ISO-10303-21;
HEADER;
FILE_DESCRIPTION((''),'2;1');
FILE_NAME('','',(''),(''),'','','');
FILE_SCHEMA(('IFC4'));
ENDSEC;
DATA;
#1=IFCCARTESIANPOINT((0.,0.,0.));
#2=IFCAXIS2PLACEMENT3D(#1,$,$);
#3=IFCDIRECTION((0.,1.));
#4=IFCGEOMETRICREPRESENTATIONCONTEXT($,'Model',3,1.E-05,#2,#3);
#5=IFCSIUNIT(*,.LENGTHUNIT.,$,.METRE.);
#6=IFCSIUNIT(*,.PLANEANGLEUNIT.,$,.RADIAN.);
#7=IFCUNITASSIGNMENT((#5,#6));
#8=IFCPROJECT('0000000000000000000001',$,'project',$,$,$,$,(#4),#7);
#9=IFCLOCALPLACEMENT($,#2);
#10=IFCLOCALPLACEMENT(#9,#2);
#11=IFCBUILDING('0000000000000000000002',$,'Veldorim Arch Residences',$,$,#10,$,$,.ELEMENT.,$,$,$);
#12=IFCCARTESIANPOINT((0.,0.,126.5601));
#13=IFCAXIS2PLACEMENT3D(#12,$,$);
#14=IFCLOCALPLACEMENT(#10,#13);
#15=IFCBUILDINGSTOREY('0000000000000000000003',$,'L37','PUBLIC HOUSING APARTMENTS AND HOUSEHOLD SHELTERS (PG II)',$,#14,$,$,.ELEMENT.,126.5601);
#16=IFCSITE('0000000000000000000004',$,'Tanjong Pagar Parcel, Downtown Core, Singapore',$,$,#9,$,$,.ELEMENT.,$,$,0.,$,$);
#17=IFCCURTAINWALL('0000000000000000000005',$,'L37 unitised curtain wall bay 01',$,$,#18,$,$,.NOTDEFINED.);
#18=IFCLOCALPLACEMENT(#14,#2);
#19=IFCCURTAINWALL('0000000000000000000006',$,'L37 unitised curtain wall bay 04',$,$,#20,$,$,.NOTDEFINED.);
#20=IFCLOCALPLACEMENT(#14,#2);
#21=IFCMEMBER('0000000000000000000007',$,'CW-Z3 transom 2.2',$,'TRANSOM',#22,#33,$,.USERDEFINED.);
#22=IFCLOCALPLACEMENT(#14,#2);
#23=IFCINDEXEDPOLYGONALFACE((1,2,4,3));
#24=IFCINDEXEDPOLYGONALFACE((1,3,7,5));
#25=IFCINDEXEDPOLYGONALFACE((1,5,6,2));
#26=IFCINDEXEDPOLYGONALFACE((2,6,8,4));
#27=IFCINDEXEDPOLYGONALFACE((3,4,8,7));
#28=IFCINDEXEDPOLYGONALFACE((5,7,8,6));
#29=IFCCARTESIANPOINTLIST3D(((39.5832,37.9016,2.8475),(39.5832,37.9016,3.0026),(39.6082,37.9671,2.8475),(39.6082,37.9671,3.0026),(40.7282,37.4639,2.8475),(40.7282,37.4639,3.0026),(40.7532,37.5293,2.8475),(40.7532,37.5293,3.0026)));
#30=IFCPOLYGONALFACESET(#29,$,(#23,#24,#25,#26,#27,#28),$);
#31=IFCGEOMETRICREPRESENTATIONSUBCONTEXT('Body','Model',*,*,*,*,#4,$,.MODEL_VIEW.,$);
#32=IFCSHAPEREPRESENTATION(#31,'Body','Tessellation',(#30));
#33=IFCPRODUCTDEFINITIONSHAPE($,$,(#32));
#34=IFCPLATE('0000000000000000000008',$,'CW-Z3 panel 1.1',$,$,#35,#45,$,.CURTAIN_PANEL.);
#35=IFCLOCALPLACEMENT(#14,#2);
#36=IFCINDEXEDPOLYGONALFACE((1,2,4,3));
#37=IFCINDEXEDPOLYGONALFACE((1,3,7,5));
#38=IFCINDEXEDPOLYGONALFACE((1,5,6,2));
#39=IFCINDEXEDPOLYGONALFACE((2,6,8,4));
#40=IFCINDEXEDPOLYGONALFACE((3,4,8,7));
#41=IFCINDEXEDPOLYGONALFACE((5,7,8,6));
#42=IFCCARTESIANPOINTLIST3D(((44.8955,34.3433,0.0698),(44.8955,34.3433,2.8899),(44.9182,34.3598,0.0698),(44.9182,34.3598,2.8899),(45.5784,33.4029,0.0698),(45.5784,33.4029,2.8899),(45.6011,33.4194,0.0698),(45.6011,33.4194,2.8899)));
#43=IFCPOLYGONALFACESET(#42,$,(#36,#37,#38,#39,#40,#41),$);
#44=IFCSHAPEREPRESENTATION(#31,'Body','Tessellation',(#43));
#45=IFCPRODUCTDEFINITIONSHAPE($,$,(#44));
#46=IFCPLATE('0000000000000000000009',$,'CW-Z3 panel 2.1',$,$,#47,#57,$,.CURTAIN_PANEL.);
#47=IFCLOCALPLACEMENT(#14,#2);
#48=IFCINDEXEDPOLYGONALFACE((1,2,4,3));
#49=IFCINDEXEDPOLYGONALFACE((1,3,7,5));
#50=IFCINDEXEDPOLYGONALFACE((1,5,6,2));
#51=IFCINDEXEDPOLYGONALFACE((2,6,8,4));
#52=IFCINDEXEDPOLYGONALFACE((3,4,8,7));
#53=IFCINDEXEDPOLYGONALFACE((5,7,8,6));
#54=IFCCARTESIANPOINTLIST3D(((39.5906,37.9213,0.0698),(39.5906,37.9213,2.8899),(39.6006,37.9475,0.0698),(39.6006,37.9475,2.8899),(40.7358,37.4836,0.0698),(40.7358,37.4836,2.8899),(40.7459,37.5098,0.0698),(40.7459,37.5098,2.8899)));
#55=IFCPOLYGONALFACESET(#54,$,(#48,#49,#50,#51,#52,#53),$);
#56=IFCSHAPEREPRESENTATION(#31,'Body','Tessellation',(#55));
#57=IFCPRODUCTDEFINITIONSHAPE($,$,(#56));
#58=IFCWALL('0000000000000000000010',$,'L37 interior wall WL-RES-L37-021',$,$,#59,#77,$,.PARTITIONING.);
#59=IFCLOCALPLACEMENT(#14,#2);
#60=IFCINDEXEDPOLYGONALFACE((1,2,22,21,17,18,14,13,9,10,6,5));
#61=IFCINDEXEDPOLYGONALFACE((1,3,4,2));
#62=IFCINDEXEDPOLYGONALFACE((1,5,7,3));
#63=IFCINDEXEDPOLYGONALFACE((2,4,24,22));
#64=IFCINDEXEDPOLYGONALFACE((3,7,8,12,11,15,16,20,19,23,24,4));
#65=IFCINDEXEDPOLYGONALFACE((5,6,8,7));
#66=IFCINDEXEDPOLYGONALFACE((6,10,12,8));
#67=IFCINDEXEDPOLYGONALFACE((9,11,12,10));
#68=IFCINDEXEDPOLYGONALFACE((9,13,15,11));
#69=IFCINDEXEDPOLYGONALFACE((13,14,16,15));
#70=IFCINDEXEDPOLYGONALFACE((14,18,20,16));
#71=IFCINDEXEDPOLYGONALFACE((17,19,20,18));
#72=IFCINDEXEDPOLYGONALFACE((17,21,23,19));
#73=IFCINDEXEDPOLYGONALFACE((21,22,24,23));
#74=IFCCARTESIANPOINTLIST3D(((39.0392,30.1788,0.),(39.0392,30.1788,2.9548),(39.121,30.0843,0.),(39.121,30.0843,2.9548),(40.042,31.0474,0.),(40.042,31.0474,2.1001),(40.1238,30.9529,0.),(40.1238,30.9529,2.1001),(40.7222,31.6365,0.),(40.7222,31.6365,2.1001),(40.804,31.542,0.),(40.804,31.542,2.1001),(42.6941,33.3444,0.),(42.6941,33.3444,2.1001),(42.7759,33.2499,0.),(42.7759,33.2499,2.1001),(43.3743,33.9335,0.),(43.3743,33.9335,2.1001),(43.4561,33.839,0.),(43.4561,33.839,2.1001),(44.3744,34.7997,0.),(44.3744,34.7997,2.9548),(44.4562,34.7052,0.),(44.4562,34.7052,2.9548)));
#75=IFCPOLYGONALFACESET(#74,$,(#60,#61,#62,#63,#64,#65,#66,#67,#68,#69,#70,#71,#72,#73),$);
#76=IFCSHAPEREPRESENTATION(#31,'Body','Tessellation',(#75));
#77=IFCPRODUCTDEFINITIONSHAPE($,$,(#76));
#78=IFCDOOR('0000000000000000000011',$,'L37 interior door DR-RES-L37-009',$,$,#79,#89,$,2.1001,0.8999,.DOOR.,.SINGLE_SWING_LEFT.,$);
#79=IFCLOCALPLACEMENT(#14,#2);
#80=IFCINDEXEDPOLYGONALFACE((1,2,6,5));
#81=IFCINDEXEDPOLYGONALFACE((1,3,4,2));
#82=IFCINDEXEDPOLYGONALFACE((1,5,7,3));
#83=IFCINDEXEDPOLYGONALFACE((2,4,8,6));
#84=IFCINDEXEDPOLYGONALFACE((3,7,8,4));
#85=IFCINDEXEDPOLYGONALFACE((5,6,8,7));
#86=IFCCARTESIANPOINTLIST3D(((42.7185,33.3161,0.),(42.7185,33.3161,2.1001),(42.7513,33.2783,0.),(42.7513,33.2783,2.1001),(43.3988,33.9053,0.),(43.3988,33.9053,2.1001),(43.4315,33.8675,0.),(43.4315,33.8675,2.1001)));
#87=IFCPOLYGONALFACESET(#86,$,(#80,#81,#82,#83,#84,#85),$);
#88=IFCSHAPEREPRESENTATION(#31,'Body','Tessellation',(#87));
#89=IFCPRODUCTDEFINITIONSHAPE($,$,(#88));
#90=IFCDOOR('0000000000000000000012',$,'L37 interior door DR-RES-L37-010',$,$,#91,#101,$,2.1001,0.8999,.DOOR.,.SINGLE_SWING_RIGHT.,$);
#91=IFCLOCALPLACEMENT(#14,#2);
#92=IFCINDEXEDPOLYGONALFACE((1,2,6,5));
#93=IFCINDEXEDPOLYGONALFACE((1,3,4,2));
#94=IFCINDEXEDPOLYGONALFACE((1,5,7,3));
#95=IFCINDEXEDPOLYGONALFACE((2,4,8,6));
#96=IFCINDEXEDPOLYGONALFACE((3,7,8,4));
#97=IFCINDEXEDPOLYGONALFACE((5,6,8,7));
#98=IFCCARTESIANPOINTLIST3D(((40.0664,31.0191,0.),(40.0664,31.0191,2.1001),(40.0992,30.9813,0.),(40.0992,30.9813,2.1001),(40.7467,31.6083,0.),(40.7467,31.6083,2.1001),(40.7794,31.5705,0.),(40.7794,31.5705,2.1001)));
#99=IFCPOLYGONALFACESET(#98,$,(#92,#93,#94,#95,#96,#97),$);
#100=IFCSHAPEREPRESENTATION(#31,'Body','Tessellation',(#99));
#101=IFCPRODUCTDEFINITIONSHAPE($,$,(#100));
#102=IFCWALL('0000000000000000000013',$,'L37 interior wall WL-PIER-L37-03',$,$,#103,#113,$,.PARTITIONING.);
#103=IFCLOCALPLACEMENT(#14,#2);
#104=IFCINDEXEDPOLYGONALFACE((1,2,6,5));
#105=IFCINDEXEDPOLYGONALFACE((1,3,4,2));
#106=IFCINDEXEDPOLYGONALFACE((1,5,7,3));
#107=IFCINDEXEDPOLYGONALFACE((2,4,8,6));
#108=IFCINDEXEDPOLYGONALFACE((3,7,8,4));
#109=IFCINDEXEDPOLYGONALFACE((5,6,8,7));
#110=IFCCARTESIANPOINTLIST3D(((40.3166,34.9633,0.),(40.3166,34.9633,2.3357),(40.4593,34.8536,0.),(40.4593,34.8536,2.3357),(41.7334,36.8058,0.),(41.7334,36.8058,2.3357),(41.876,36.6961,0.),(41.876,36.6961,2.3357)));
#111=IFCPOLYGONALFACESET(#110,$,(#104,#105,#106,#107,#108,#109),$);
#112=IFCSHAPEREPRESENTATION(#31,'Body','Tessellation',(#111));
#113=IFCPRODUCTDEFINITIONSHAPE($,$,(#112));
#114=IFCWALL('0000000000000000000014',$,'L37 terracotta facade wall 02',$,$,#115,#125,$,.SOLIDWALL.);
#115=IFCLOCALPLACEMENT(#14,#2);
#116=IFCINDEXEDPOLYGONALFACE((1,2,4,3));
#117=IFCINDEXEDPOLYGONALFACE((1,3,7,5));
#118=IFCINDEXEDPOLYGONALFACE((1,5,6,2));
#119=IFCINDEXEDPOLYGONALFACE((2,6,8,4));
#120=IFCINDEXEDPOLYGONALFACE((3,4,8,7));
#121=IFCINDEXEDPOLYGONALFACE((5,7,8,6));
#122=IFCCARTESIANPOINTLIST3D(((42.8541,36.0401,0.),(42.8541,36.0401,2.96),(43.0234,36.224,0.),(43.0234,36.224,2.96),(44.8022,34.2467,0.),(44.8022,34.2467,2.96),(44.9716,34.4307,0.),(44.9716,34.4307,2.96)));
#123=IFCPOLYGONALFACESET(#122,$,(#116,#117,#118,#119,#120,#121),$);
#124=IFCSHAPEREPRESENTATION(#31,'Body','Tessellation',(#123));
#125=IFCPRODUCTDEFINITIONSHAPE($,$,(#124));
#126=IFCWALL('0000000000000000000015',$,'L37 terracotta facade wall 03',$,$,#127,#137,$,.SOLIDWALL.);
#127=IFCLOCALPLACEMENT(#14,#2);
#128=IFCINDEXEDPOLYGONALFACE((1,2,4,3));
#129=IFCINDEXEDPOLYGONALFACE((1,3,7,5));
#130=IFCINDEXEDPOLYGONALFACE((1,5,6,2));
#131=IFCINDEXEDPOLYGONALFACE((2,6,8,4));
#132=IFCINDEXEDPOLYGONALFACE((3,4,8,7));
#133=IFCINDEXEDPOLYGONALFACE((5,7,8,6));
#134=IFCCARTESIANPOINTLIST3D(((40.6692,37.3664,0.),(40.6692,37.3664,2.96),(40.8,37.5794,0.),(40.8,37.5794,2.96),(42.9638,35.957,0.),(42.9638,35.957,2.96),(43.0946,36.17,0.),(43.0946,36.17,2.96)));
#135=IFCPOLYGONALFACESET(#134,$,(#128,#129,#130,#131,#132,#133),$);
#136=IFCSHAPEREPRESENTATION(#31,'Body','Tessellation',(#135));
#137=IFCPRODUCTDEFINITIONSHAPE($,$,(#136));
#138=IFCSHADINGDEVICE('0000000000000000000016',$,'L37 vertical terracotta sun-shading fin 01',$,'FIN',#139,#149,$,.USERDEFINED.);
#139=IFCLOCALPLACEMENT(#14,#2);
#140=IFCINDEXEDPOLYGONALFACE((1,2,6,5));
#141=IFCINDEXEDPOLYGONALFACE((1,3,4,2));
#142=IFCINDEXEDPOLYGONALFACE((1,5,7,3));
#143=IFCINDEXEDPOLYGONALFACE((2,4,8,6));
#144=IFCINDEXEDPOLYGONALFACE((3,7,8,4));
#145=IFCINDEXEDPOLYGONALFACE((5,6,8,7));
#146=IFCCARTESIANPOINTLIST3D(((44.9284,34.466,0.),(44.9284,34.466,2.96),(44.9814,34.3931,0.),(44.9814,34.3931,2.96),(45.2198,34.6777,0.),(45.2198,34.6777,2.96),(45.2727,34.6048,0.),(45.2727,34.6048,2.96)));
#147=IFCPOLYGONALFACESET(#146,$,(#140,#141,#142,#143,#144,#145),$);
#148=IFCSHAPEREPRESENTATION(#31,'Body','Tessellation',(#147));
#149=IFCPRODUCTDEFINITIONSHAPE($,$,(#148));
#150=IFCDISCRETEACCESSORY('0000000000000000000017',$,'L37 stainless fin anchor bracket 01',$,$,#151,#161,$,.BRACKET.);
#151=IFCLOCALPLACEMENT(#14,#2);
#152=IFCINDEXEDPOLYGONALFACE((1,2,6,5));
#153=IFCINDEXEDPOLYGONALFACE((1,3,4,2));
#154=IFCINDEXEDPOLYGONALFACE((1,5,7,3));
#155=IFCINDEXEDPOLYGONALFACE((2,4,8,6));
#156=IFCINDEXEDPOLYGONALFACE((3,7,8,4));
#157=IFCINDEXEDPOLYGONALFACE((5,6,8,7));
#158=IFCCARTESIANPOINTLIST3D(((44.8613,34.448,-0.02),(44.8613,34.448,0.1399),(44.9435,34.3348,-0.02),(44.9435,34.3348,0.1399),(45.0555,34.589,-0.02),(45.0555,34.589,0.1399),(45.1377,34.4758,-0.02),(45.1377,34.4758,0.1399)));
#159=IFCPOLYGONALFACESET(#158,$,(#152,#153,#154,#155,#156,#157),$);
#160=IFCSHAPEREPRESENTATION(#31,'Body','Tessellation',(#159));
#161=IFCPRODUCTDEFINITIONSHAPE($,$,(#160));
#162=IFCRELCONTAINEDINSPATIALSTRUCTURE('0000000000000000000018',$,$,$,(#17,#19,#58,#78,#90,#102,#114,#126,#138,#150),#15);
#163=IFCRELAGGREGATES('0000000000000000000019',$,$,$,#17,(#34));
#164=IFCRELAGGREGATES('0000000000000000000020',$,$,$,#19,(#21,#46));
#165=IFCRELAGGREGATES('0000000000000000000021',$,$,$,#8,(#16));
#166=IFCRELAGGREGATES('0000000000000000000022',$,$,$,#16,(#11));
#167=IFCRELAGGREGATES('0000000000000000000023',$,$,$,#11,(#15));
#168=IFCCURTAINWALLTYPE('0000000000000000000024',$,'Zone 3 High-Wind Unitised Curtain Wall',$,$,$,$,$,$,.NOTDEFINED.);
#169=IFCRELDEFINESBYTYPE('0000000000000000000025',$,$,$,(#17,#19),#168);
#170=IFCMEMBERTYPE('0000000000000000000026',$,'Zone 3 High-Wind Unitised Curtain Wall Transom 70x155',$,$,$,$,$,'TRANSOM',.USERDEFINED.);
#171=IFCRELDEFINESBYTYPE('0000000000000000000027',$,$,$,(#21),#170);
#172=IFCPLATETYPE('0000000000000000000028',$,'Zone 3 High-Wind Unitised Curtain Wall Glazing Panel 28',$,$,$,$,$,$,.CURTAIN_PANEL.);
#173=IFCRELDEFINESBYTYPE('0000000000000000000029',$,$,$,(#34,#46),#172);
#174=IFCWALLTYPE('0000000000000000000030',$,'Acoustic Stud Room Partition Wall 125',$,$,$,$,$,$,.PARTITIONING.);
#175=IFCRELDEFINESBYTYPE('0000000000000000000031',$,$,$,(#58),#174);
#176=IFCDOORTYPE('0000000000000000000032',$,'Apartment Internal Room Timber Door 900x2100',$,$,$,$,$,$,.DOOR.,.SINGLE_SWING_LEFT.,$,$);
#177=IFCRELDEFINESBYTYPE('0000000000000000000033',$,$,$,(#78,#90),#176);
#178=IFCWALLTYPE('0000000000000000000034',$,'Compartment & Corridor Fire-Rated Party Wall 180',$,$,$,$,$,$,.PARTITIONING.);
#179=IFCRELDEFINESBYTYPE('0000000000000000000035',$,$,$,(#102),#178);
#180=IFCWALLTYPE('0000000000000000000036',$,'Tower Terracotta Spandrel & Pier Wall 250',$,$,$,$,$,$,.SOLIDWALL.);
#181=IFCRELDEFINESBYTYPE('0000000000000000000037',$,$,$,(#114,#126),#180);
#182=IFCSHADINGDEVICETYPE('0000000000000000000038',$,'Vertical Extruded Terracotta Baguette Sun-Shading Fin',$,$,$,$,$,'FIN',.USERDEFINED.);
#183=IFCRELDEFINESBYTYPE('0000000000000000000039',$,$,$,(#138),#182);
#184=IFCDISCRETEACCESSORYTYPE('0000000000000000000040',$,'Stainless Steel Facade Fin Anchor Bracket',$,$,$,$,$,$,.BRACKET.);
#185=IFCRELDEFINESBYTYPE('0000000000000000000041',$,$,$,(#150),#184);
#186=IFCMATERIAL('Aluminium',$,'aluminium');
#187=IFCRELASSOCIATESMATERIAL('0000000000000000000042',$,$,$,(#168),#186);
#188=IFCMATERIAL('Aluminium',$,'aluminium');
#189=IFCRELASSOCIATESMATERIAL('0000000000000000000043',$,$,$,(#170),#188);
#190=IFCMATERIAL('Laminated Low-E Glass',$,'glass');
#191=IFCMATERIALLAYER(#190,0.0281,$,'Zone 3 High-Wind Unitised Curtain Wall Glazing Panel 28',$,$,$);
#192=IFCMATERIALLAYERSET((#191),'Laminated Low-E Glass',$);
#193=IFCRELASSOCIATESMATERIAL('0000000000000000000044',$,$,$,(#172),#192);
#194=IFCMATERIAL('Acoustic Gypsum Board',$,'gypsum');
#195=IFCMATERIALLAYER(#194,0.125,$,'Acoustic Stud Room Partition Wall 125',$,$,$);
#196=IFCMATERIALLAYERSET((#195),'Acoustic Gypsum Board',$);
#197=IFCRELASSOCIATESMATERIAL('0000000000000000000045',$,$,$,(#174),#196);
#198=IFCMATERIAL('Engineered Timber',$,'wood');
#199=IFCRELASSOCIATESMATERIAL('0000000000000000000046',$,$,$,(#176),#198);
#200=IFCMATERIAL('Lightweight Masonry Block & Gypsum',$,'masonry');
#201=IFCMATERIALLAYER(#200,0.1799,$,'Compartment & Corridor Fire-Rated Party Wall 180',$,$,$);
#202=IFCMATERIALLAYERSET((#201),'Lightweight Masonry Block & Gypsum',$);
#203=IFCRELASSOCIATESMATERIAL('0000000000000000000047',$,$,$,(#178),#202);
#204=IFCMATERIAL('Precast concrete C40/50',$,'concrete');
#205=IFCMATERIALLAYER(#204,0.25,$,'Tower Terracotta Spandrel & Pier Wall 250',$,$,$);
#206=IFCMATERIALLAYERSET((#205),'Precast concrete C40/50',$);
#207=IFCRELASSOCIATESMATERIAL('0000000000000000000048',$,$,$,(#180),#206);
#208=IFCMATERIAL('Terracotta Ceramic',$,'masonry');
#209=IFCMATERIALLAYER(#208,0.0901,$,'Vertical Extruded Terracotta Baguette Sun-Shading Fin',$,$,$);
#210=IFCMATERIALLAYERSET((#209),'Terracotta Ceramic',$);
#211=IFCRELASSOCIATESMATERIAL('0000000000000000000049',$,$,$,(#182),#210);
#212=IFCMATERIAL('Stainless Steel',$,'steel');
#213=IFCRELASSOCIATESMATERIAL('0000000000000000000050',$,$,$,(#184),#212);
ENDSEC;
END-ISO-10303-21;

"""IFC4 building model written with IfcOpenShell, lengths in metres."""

from ifc_helpers import new_model, si_unit, direction, frame, frame_2d, origin, origin_2d, place, context, subcontext, project, spatial, rectangle, extrude, material, layer, layer_set, material_profile, profile_set, type_object, element, fill, aggregate, save


model = new_model("IFC4")

# Units and contexts
model_context = context("Model", 3, precision=1e-05, world=origin(), true_north=direction((0.0, 1.0)))
body_context = subcontext(model_context, "Body", "Model", "MODEL_VIEW")
ifc_project = project(units=[si_unit("LENGTHUNIT", "METRE"), si_unit("PLANEANGLEUNIT", "RADIAN")], contexts=[model_context])

# Site, building, storey
site_placement = place(None, origin())
site = spatial("IfcSite", under=ifc_project, at=site_placement, Name="Tanjong Pagar Parcel, Downtown Core, Singapore", CompositionType="ELEMENT", RefElevation=0.0)
building_placement = place(site_placement, origin())
building = spatial("IfcBuilding", under=site, at=building_placement, Name="Veldorim Arch Residences", CompositionType="ELEMENT")
storey_placement = place(building_placement, frame((0.0, 0.0, 126.5601)))
storey = spatial("IfcBuildingStorey", under=building, at=storey_placement, Name="L37", Description="PUBLIC HOUSING APARTMENTS AND HOUSEHOLD SHELTERS (PG II)", CompositionType="ELEMENT", Elevation=126.5601)

# Curtain walls
ifc_material_1 = material(Name="Aluminium", Category="aluminium")
curtain_wall_type = type_object("IfcCurtainWallType", Name="Zone 3 High-Wind Unitised Curtain Wall", PredefinedType="NOTDEFINED", material=ifc_material_1)
curtain_wall_1_placement = place(storey_placement, origin())
curtain_wall_1 = element("IfcCurtainWall", 1, at=curtain_wall_1_placement, inside=storey, type_object=curtain_wall_type, Name="L37 unitised curtain wall bay 01", PredefinedType="NOTDEFINED")
curtain_wall_2_placement = place(storey_placement, origin())
curtain_wall_2 = element("IfcCurtainWall", 2, at=curtain_wall_2_placement, inside=storey, type_object=curtain_wall_type, Name="L37 unitised curtain wall bay 04", PredefinedType="NOTDEFINED")

# Member
ifc_material_2 = material(Name="Aluminium", Category="aluminium")
ifc_material_profile_1 = material_profile(ifc_material_2, rectangle(XDim=0.0701, YDim=0.155, at=origin_2d()), Name="ALU_TRN_70x155")
ifc_profile_set_1 = profile_set([ifc_material_profile_1], Name="Aluminium")
member_type_1 = type_object("IfcMemberType", Name="Zone 3 High-Wind Unitised Curtain Wall Transom 70x155", ElementType="TRANSOM", PredefinedType="USERDEFINED", material=ifc_profile_set_1)
member_1_placement = place(storey_placement, frame((39.5957, 37.9343, 2.925), z_axis=(0.934067, -0.357097, 0.0), x_axis=(0.357097, 0.934067, 0.0)))
member_1 = element("IfcMember", 3, at=member_1_placement, type_object=member_type_1, Name="CW-Z3 transom 2.2", ObjectType="TRANSOM", PredefinedType="USERDEFINED", context=body_context, shape_type="SweptSolid", body=[
    extrude(rectangle(XDim=0.0701, YDim=0.155, at=origin_2d()), origin(), (0.0, 0.0, 1.0), 1.2258),
])

# Plates
ifc_material_3 = material(Name="Laminated Low-E Glass", Category="glass")
ifc_layer_1 = layer(ifc_material_3, 0.0281, Name="Zone 3 High-Wind Unitised Curtain Wall Glazing Panel 28")
ifc_layer_set_1 = layer_set([ifc_layer_1], Name="Laminated Low-E Glass")
plate_type = type_object("IfcPlateType", Name="Zone 3 High-Wind Unitised Curtain Wall Glazing Panel 28", PredefinedType="CURTAIN_PANEL", material=ifc_layer_set_1)
plate_1_placement = place(storey_placement, frame((45.2483, 33.8813, 0.0698), z_axis=(0.0, 0.0, 1.0), x_axis=(0.587585, -0.809162, 0.0)))
plate_1 = element("IfcPlate", 4, at=plate_1_placement, type_object=plate_type, Name="CW-Z3 panel 1.1", PredefinedType="CURTAIN_PANEL", context=body_context, shape_type="SweptSolid", body=[
    extrude(rectangle(XDim=1.1621, YDim=0.0281, at=origin_2d()), origin(), (0.0, 0.0, 1.0), 2.8201),
])
aggregate(curtain_wall_1, [plate_1])
plate_2_placement = place(storey_placement, frame((40.1682, 37.7156, 0.0698), z_axis=(0.0, 0.0, 1.0), x_axis=(0.934109, -0.356987, 0.0)))
plate_2 = element("IfcPlate", 5, at=plate_2_placement, type_object=plate_type, Name="CW-Z3 panel 2.1", PredefinedType="CURTAIN_PANEL", context=body_context, shape_type="SweptSolid", body=[
    extrude(rectangle(XDim=1.2261, YDim=0.0281, at=origin_2d()), origin(), (0.0, 0.0, 1.0), 2.8201),
])
aggregate(curtain_wall_2, [member_1, plate_2])

# Wall, openings, doors
ifc_material_4 = material(Name="Acoustic Gypsum Board", Category="gypsum")
ifc_layer_2 = layer(ifc_material_4, 0.125, Name="Acoustic Stud Room Partition Wall 125")
ifc_layer_set_2 = layer_set([ifc_layer_2], Name="Acoustic Gypsum Board")
wall_type_1 = type_object("IfcWallType", Name="Acoustic Stud Room Partition Wall 125", PredefinedType="PARTITIONING", material=ifc_layer_set_2)
wall_1_placement = place(storey_placement, frame((44.4153, 34.7524, 0.0), z_axis=(0.0, 0.0, 1.0), x_axis=(-0.755899, -0.654688, 0.0)))
wall_1 = element("IfcWall", 6, at=wall_1_placement, inside=storey, type_object=wall_type_1, Name="L37 interior wall WL-RES-L37-021", PredefinedType="PARTITIONING", context=body_context, shape_type="SweptSolid", body=[
    extrude(rectangle(XDim=7.0581, YDim=0.125, at=frame_2d((3.5291, 0.0))), origin(), (0.0, 0.0, 1.0), 2.9548),
])
opening_1_placement = place(wall_1_placement, frame((1.323, 0.0, 0.0)))
opening_1 = element("IfcOpeningElement", 7, at=opening_1_placement, cuts=wall_1, PredefinedType="OPENING", context=body_context, shape_type="SweptSolid", body=[
    extrude(rectangle(XDim=0.8999, YDim=2.1001, at=frame_2d((0.45, 1.05))), frame((0.0, 0.0725, 0.0), z_axis=(0.0, -1.0, 0.0), x_axis=(1.0, 0.0, 0.0)), (0.0, 0.0, 1.0), 0.145),
])
opening_2_placement = place(wall_1_placement, frame((4.8315, 0.0, 0.0)))
opening_2 = element("IfcOpeningElement", 8, at=opening_2_placement, cuts=wall_1, PredefinedType="OPENING", context=body_context, shape_type="SweptSolid", body=[
    extrude(rectangle(XDim=0.8999, YDim=2.1001, at=frame_2d((0.45, 1.05))), frame((0.0, 0.0725, 0.0), z_axis=(0.0, -1.0, 0.0), x_axis=(1.0, 0.0, 0.0)), (0.0, 0.0, 1.0), 0.145),
])
ifc_material_5 = material(Name="Engineered Timber", Category="wood")
door_type = type_object("IfcDoorType", Name="Apartment Internal Room Timber Door 900x2100", OperationType="SINGLE_SWING_LEFT", PredefinedType="DOOR", material=ifc_material_5)
door_1_placement = place(opening_1_placement, origin())
door_1 = element("IfcDoor", 9, at=door_1_placement, inside=storey, type_object=door_type, Name="L37 interior door DR-RES-L37-009", OperationType="SINGLE_SWING_LEFT", OverallHeight=2.1001, OverallWidth=0.8999, PredefinedType="DOOR", context=body_context, shape_type="SweptSolid", body=[
    extrude(rectangle(XDim=0.8999, YDim=2.1001, at=frame_2d((0.45, 1.05))), frame((0.0, 0.0249, 0.0), z_axis=(0.0, -1.0, 0.0), x_axis=(1.0, 0.0, 0.0)), (0.0, 0.0, 1.0), 0.05),
])
fill(opening_1, door_1)
door_2_placement = place(opening_2_placement, origin())
door_2 = element("IfcDoor", 10, at=door_2_placement, inside=storey, type_object=door_type, Name="L37 interior door DR-RES-L37-010", OperationType="SINGLE_SWING_RIGHT", OverallHeight=2.1001, OverallWidth=0.8999, PredefinedType="DOOR", context=body_context, shape_type="SweptSolid", body=[
    extrude(rectangle(XDim=0.8999, YDim=2.1001, at=frame_2d((0.45, 1.05))), frame((0.0, 0.0249, 0.0), z_axis=(0.0, -1.0, 0.0), x_axis=(1.0, 0.0, 0.0)), (0.0, 0.0, 1.0), 0.05),
])
fill(opening_2, door_2)

# Walls
ifc_material_6 = material(Name="Lightweight Masonry Block & Gypsum", Category="masonry")
ifc_layer_3 = layer(ifc_material_6, 0.1799, Name="Compartment & Corridor Fire-Rated Party Wall 180")
ifc_layer_set_3 = layer_set([ifc_layer_3], Name="Lightweight Masonry Block & Gypsum")
wall_type_2 = type_object("IfcWallType", Name="Compartment & Corridor Fire-Rated Party Wall 180", PredefinedType="PARTITIONING", material=ifc_layer_set_3)
wall_2_placement = place(storey_placement, frame((40.3879, 34.9084, 0.0), z_axis=(0.0, 0.0, 1.0), x_axis=(0.609553, 0.792745, 0.0)))
element("IfcWall", 11, at=wall_2_placement, inside=storey, type_object=wall_type_2, Name="L37 interior wall WL-PIER-L37-03", PredefinedType="PARTITIONING", context=body_context, shape_type="SweptSolid", body=[
    extrude(rectangle(XDim=2.3242, YDim=0.1799, at=frame_2d((1.1621, 0.0))), origin(), (0.0, 0.0, 1.0), 2.3357),
])
ifc_material_7 = material(Name="Precast concrete C40/50", Category="concrete")
ifc_layer_4 = layer(ifc_material_7, 0.25, Name="Tower Terracotta Spandrel & Pier Wall 250")
ifc_layer_set_4 = layer_set([ifc_layer_4], Name="Precast concrete C40/50")
wall_type_3 = type_object("IfcWallType", Name="Tower Terracotta Spandrel & Pier Wall 250", PredefinedType="SOLIDWALL", material=ifc_layer_set_4)
wall_3_placement = place(storey_placement, frame((42.9387, 36.1321, 0.0), z_axis=(0.0, 0.0, 1.0), x_axis=(0.735729, -0.677276, 0.0)))
element("IfcWall", 12, at=wall_3_placement, inside=storey, type_object=wall_type_3, Name="L37 terracotta facade wall 02", PredefinedType="SOLIDWALL", context=body_context, shape_type="SweptSolid", body=[
    extrude(rectangle(XDim=2.6479, YDim=0.25, at=frame_2d((1.324, 0.0))), origin(), (0.0, 0.0, 1.0), 2.96),
])
wall_4_placement = place(storey_placement, frame((40.7346, 37.4729, 0.0), z_axis=(0.0, 0.0, 1.0), x_axis=(0.852103, -0.523374, 0.0)))
element("IfcWall", 13, at=wall_4_placement, inside=storey, type_object=wall_type_3, Name="L37 terracotta facade wall 03", PredefinedType="SOLIDWALL", context=body_context, shape_type="SweptSolid", body=[
    extrude(rectangle(XDim=2.6929, YDim=0.25, at=frame_2d((1.3464, 0.0))), origin(), (0.0, 0.0, 1.0), 2.96),
])

# Shading device
ifc_material_8 = material(Name="Terracotta Ceramic", Category="masonry")
ifc_layer_5 = layer(ifc_material_8, 0.0901, Name="Vertical Extruded Terracotta Baguette Sun-Shading Fin")
ifc_layer_set_5 = layer_set([ifc_layer_5], Name="Terracotta Ceramic")
shading_device_type = type_object("IfcShadingDeviceType", Name="Vertical Extruded Terracotta Baguette Sun-Shading Fin", ElementType="FIN", PredefinedType="USERDEFINED", material=ifc_layer_set_5)
shading_device_placement = place(storey_placement, frame((45.1006, 34.5354, 0.0), z_axis=(0.0, 0.0, 1.0), x_axis=(0.587644, -0.80912, 0.0)))
element("IfcShadingDevice", 14, at=shading_device_placement, inside=storey, type_object=shading_device_type, Name="L37 vertical terracotta sun-shading fin 01", ObjectType="FIN", PredefinedType="USERDEFINED", context=body_context, shape_type="SweptSolid", body=[
    extrude(rectangle(XDim=0.0901, YDim=0.3601, at=origin_2d()), origin(), (0.0, 0.0, 1.0), 2.96),
])

# Discrete accessory
ifc_material_9 = material(Name="Stainless Steel", Category="steel")
discrete_accessory_type = type_object("IfcDiscreteAccessoryType", Name="Stainless Steel Facade Fin Anchor Bracket", PredefinedType="BRACKET", material=ifc_material_9)
discrete_accessory_placement = place(storey_placement, frame((44.9995, 34.4619, -0.02), z_axis=(0.0, 0.0, 1.0), x_axis=(0.587644, -0.80912, 0.0)))
element("IfcDiscreteAccessory", 15, at=discrete_accessory_placement, inside=storey, type_object=discrete_accessory_type, Name="L37 stainless fin anchor bracket 01", PredefinedType="BRACKET", context=body_context, shape_type="SweptSolid", body=[
    extrude(rectangle(XDim=0.1399, YDim=0.24, at=origin_2d()), origin(), (0.0, 0.0, 1.0), 0.1599),
])

save(model, "model.ifc")
